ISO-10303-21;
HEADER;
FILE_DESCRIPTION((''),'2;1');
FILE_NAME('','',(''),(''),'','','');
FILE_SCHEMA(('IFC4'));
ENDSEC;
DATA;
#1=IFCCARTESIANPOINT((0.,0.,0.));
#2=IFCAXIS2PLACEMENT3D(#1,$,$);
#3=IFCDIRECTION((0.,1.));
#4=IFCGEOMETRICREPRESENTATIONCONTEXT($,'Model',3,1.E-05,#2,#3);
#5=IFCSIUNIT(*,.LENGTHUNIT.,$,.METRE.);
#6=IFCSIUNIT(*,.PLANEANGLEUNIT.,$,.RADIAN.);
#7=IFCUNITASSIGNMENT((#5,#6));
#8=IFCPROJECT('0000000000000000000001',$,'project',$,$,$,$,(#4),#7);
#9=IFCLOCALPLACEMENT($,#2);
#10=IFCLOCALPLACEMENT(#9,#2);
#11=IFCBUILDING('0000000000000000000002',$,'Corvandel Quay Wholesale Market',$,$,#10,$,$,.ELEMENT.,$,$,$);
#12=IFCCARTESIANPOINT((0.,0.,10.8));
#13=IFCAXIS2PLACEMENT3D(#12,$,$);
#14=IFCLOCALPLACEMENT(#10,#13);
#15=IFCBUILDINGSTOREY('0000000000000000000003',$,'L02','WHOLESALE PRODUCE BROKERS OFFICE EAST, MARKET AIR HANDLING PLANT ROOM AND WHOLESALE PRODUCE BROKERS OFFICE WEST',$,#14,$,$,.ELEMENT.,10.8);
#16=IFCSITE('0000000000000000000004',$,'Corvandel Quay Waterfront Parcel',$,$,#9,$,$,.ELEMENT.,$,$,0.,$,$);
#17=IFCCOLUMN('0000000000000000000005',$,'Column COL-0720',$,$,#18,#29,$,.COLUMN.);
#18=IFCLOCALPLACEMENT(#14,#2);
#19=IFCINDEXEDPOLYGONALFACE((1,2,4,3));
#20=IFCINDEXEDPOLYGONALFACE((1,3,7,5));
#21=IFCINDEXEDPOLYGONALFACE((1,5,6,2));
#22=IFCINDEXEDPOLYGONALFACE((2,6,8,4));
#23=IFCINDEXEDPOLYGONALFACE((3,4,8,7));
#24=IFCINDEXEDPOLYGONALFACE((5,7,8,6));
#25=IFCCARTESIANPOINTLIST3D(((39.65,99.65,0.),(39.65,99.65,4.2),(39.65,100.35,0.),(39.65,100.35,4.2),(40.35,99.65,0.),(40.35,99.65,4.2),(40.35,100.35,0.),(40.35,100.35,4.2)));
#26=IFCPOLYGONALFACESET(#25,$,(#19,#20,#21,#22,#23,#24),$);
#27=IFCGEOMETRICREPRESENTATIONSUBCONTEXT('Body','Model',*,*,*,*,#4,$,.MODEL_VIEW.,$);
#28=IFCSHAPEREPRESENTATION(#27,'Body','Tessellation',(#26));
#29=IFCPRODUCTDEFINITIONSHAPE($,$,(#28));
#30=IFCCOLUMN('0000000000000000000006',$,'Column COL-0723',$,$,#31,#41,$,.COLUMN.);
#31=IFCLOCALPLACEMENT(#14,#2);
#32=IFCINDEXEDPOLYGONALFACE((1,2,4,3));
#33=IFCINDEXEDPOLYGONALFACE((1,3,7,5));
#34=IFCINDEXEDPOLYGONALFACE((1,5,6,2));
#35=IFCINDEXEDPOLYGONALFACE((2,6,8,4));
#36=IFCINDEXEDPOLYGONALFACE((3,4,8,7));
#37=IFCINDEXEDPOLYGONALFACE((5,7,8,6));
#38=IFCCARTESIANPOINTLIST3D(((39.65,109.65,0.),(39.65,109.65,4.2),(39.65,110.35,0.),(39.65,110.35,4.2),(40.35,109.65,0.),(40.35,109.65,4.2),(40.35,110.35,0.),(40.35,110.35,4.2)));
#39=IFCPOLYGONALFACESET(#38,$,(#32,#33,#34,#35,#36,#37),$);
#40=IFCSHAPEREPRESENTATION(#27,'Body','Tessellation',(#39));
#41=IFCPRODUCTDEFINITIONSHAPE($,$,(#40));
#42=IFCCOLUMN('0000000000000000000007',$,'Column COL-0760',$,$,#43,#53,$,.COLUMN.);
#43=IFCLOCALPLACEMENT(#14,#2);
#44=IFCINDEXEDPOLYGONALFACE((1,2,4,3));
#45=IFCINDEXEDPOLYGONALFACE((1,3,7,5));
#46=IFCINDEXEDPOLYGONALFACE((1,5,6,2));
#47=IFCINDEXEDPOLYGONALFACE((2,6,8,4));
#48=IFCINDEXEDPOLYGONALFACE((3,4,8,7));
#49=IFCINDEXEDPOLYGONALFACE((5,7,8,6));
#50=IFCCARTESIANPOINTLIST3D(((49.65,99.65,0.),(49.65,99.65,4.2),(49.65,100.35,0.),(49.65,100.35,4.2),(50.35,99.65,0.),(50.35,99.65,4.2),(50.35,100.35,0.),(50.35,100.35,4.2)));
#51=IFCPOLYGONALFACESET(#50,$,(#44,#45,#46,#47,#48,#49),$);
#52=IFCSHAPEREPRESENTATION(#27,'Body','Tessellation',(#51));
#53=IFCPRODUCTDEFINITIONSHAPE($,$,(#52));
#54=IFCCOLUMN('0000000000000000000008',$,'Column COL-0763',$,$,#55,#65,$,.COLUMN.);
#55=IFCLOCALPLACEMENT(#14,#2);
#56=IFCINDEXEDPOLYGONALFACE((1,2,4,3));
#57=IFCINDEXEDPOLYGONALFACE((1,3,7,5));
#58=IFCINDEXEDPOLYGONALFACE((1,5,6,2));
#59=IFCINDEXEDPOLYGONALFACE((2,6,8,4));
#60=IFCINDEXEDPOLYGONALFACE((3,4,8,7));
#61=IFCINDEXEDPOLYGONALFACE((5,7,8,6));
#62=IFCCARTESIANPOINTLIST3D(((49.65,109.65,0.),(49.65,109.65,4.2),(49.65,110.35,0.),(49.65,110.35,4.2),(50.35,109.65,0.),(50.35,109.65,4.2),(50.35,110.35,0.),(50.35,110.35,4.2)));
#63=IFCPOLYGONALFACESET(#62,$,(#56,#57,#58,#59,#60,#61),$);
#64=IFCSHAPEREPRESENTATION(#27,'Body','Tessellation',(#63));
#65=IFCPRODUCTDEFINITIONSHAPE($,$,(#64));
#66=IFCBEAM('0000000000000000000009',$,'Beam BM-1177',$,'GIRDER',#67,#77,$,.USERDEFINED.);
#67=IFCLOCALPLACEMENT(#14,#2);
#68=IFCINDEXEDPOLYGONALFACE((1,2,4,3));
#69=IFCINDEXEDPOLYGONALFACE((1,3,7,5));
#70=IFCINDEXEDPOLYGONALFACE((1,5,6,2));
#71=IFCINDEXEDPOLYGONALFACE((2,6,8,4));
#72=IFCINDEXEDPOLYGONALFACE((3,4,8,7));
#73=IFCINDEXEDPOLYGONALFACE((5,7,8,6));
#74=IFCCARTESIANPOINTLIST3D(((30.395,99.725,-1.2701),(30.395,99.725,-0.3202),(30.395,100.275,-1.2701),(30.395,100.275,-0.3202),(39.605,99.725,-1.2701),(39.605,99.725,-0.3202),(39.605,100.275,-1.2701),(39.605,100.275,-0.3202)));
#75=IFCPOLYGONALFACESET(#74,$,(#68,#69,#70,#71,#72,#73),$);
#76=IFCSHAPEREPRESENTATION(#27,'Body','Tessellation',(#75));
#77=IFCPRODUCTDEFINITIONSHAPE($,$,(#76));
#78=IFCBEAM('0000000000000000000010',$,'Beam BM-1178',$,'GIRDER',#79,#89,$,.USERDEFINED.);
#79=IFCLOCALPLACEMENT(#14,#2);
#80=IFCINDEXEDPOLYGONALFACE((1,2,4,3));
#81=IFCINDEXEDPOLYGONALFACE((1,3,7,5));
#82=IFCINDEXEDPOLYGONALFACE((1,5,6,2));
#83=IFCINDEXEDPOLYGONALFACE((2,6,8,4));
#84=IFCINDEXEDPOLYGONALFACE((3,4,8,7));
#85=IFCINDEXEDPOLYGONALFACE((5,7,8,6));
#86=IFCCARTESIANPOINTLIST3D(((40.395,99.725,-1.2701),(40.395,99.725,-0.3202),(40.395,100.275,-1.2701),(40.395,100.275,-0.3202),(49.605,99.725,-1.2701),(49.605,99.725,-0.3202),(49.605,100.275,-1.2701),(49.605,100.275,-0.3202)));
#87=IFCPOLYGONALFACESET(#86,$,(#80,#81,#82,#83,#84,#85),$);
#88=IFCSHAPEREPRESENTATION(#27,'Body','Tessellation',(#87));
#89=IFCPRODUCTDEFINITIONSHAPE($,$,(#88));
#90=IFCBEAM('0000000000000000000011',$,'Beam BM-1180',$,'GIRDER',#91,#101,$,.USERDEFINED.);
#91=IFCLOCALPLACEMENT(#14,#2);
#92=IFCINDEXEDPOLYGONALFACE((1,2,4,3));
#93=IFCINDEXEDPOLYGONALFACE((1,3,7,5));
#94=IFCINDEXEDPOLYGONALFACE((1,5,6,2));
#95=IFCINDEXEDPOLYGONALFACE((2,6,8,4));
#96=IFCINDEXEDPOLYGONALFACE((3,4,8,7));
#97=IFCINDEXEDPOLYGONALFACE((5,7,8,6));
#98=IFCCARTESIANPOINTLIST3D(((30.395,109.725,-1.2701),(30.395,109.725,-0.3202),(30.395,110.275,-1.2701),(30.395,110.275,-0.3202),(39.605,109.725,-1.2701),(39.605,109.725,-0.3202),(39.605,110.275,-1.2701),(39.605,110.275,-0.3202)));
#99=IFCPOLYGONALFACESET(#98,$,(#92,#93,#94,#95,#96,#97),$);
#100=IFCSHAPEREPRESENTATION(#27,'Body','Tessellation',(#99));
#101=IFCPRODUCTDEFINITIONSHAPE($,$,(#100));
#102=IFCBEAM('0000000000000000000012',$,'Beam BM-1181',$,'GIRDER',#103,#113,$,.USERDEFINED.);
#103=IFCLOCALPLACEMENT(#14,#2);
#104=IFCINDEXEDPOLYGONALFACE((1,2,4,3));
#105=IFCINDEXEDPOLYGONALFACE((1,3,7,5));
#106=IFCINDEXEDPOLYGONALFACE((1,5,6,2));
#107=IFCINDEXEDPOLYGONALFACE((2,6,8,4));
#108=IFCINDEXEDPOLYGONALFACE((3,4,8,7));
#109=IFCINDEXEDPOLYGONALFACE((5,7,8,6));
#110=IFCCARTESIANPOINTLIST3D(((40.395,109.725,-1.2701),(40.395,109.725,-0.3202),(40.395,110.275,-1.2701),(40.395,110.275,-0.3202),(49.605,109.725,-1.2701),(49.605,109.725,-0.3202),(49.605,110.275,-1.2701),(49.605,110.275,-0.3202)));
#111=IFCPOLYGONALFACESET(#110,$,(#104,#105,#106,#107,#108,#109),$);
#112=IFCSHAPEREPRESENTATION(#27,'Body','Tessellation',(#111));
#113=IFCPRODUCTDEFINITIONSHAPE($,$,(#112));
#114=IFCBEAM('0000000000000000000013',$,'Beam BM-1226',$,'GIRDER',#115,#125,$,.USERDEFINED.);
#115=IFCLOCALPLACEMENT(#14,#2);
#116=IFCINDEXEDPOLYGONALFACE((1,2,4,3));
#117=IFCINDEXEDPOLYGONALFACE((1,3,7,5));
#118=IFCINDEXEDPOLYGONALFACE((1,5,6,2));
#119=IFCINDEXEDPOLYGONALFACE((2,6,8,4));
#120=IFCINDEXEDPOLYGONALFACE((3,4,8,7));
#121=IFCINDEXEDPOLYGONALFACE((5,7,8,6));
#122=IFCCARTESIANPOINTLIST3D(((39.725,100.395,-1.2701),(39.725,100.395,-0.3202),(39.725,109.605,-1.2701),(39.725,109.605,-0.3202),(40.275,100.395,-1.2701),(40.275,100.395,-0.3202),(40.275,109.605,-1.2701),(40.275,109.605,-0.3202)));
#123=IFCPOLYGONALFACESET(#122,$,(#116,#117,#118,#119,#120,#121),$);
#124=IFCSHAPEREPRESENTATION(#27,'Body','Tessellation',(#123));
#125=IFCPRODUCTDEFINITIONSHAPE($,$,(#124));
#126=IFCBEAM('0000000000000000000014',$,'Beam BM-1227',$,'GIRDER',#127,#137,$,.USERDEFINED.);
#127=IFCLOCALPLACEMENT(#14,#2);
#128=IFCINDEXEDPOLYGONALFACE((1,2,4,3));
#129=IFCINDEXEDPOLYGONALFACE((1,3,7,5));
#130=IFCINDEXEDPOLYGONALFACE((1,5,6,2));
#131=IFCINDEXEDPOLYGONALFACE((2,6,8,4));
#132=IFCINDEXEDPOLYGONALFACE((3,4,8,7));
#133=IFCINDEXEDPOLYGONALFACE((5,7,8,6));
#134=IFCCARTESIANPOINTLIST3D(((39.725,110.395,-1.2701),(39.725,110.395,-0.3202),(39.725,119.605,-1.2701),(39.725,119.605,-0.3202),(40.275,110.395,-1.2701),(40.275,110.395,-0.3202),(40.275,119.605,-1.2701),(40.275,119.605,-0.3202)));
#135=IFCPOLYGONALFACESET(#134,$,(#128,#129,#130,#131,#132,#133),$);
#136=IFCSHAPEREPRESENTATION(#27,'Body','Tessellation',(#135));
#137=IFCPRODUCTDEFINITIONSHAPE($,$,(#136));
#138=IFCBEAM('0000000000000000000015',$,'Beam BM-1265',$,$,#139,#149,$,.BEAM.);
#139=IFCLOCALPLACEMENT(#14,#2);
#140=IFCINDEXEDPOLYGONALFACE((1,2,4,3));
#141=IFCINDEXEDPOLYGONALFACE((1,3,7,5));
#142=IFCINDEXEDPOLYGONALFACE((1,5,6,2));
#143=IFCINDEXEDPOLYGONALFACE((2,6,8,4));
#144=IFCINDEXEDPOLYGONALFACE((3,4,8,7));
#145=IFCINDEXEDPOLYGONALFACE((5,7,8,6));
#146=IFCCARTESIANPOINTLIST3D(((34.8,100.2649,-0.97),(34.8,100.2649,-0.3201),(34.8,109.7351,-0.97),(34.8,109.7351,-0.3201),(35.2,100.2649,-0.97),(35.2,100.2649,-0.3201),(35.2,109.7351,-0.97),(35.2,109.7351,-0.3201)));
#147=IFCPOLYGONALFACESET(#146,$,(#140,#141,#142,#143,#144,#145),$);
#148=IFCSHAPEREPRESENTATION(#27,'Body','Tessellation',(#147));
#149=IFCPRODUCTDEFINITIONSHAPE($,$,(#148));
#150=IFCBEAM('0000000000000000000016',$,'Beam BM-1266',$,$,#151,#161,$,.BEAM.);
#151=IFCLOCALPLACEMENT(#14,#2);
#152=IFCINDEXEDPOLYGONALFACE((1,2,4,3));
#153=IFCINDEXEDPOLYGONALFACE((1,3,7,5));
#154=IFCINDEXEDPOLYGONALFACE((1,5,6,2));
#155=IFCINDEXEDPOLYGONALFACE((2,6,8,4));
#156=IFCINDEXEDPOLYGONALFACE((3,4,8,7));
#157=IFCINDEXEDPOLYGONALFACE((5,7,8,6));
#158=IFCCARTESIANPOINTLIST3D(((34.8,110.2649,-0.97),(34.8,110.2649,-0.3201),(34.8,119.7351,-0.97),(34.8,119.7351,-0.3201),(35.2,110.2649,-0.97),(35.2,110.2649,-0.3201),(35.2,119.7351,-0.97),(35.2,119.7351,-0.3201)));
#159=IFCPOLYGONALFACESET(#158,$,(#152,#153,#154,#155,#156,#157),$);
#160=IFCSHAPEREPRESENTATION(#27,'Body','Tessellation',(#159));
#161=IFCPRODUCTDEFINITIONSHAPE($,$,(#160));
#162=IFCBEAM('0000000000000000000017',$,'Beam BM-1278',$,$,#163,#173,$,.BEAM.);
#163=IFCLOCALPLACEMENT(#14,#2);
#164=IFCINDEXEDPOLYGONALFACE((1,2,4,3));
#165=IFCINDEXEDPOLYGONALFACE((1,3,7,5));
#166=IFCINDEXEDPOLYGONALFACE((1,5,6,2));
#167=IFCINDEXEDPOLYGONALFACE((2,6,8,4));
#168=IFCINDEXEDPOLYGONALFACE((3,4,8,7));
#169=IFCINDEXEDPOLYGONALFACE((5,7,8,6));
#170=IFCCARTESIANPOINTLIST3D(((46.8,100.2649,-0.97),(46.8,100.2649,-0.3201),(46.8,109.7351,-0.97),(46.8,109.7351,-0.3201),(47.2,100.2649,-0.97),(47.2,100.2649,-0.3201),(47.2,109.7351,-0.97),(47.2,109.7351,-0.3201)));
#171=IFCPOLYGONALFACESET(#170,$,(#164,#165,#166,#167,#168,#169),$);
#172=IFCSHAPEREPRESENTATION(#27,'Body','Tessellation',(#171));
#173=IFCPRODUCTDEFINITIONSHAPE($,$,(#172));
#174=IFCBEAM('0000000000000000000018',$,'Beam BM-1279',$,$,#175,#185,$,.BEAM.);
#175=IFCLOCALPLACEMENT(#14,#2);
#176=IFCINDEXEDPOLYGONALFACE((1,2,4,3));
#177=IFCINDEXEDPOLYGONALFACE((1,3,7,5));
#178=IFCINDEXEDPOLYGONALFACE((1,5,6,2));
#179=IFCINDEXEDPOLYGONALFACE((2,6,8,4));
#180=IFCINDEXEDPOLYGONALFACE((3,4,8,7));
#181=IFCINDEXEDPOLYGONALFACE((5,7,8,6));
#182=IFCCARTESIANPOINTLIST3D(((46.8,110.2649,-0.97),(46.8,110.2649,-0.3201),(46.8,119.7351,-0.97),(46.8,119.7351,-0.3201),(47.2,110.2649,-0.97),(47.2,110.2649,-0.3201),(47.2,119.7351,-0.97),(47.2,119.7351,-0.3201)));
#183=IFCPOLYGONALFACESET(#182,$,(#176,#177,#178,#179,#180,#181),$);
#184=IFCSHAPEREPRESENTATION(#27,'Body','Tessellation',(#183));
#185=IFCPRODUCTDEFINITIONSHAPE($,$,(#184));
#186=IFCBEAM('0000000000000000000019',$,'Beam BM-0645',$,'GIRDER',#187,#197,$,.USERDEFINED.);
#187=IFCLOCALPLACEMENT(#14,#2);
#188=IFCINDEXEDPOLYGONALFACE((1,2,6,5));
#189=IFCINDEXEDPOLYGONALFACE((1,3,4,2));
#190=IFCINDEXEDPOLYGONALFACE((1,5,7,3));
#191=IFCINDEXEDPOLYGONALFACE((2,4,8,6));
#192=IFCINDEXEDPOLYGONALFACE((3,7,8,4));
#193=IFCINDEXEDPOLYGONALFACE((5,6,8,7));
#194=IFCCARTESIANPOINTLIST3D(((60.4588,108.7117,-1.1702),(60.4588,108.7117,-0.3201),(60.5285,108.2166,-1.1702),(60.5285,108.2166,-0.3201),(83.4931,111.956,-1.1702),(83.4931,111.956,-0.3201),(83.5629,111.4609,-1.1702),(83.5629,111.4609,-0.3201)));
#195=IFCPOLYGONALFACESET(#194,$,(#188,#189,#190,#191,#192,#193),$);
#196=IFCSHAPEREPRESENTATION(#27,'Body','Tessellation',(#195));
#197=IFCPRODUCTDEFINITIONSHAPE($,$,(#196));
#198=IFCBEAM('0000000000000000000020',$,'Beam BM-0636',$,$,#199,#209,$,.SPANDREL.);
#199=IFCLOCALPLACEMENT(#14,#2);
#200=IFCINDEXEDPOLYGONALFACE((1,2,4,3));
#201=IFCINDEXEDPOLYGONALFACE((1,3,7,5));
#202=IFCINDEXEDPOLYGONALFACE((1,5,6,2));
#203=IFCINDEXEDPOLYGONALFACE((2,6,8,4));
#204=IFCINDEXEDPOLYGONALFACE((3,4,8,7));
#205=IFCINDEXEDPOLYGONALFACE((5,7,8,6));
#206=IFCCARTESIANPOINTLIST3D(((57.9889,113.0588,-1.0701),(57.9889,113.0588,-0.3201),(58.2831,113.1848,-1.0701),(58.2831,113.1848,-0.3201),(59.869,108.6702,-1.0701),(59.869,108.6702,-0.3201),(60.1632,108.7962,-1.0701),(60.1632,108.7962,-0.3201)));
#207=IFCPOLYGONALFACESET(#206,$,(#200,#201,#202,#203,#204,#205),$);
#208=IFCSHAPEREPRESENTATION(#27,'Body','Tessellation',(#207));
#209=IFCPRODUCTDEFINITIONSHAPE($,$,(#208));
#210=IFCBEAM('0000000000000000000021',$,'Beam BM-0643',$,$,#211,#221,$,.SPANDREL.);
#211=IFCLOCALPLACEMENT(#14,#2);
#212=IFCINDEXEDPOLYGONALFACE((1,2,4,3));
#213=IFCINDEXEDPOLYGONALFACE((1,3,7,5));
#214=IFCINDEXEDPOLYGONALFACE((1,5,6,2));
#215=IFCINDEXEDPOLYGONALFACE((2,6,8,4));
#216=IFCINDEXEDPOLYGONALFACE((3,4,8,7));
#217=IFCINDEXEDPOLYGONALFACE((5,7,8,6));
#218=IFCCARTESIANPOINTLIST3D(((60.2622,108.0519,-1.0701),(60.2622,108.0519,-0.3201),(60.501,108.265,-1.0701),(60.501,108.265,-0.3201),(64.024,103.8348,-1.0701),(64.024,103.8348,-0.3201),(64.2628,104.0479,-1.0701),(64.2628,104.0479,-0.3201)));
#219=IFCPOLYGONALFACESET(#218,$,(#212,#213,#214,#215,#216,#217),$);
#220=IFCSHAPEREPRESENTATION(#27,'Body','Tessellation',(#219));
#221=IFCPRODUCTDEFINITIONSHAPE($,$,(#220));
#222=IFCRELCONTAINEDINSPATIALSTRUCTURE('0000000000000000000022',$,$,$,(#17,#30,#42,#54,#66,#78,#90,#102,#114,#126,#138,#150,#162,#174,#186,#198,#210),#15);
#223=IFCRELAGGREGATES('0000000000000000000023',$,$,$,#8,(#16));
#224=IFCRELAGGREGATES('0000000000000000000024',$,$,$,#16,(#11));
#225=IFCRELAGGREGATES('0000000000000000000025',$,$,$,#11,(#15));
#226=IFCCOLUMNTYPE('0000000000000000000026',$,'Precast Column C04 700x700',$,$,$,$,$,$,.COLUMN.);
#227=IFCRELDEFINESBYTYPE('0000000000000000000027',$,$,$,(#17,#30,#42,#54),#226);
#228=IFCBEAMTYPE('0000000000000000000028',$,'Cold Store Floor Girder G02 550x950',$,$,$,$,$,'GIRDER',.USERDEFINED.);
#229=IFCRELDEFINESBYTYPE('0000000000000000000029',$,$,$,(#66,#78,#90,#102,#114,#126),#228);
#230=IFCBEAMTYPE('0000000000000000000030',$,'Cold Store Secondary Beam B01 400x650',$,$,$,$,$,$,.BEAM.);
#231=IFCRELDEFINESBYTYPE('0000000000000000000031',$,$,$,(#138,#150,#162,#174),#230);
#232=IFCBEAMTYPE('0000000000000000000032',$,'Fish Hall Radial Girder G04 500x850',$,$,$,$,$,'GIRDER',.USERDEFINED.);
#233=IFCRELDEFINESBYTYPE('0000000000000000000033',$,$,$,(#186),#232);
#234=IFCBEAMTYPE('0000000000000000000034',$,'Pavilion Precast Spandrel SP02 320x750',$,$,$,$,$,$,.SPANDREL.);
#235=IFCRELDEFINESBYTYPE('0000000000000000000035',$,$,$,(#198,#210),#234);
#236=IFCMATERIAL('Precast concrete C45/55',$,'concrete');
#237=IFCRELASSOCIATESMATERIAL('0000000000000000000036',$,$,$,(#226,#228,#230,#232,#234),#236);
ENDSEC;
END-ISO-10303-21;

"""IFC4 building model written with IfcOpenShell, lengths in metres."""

from ifc_helpers import new_model, si_unit, direction, frame, origin, origin_2d, place, context, subcontext, project, spatial, rectangle, extrude, material, material_profile, profile_set, type_object, element, save


model = new_model("IFC4")

# Units and contexts
model_context = context("Model", 3, precision=1e-05, world=origin(), true_north=direction((0.0, 1.0)))
body_context = subcontext(model_context, "Body", "Model", "MODEL_VIEW")
ifc_project = project(units=[si_unit("LENGTHUNIT", "METRE"), si_unit("PLANEANGLEUNIT", "RADIAN")], contexts=[model_context])

# Site, building, storey
site_placement = place(None, origin())
site = spatial("IfcSite", under=ifc_project, at=site_placement, Name="Corvandel Quay Waterfront Parcel", CompositionType="ELEMENT", RefElevation=0.0)
building_placement = place(site_placement, origin())
building = spatial("IfcBuilding", under=site, at=building_placement, Name="Corvandel Quay Wholesale Market", CompositionType="ELEMENT")
storey_placement = place(building_placement, frame((0.0, 0.0, 10.8)))
storey = spatial("IfcBuildingStorey", under=building, at=storey_placement, Name="L02", Description="WHOLESALE PRODUCE BROKERS OFFICE EAST, MARKET AIR HANDLING PLANT ROOM AND WHOLESALE PRODUCE BROKERS OFFICE WEST", CompositionType="ELEMENT", Elevation=10.8)

# Columns
ifc_material_1 = material(Name="Precast concrete C45/55", Category="concrete")
ifc_material_profile_1 = material_profile(ifc_material_1, rectangle(XDim=0.7, YDim=0.7, at=origin_2d()), Name="PC-COL-700x700")
ifc_profile_set_1 = profile_set([ifc_material_profile_1], Name="Precast concrete C45/55")
column_type = type_object("IfcColumnType", Name="Precast Column C04 700x700", PredefinedType="COLUMN", material=ifc_profile_set_1)
for number, where, z_axis, x_axis, name in (
    (1, (40.0, 100.0, 0.0), (0.0, 0.0, 1.0), (1.0, 0.0, 0.0), "Column COL-0720"),
    (2, (40.0, 110.0, 0.0), (0.0, 0.0, 1.0), (1.0, 0.0, 0.0), "Column COL-0723"),
    (3, (50.0, 100.0, 0.0), (0.0, 0.0, 1.0), (1.0, 0.0, 0.0), "Column COL-0760"),
    (4, (50.0, 110.0, 0.0), (0.0, 0.0, 1.0), (1.0, 0.0, 0.0), "Column COL-0763"),
):
    element("IfcColumn", number, at=place(storey_placement, frame(where, z_axis=z_axis, x_axis=x_axis)), inside=storey, type_object=column_type, Name=name, PredefinedType="COLUMN", context=body_context, shape_type="SweptSolid", body=[
        extrude(rectangle(XDim=0.7, YDim=0.7, at=origin_2d()), origin(), (0.0, 0.0, 1.0), 4.2),
    ])

# Beams
ifc_material_profile_2 = material_profile(ifc_material_1, rectangle(XDim=0.55, YDim=0.95, at=origin_2d()), Name="PC-GIR-550x950")
ifc_profile_set_2 = profile_set([ifc_material_profile_2], Name="Precast concrete C45/55")
beam_type_1 = type_object("IfcBeamType", Name="Cold Store Floor Girder G02 550x950", ElementType="GIRDER", PredefinedType="USERDEFINED", material=ifc_profile_set_2)
for number, where, z_axis, x_axis, name in (
    (5, (30.395, 100.0, -0.7952), (1.0, 0.0, 0.0), (0.0, 1.0, 0.0), "Beam BM-1177"),
    (6, (40.395, 100.0, -0.7952), (1.0, 0.0, 0.0), (0.0, 1.0, 0.0), "Beam BM-1178"),
    (7, (30.395, 110.0, -0.7952), (1.0, 0.0, 0.0), (0.0, 1.0, 0.0), "Beam BM-1180"),
    (8, (40.395, 110.0, -0.7952), (1.0, 0.0, 0.0), (0.0, 1.0, 0.0), "Beam BM-1181"),
    (9, (40.0, 100.395, -0.7952), (0.0, 1.0, 0.0), (-1.0, 0.0, 0.0), "Beam BM-1226"),
    (10, (40.0, 110.395, -0.7952), (0.0, 1.0, 0.0), (-1.0, 0.0, 0.0), "Beam BM-1227"),
):
    element("IfcBeam", number, at=place(storey_placement, frame(where, z_axis=z_axis, x_axis=x_axis)), inside=storey, type_object=beam_type_1, Name=name, ObjectType="GIRDER", PredefinedType="USERDEFINED", context=body_context, shape_type="SweptSolid", body=[
        extrude(rectangle(XDim=0.55, YDim=0.95, at=origin_2d()), origin(), (0.0, 0.0, 1.0), 9.21),
    ])
ifc_material_profile_3 = material_profile(ifc_material_1, rectangle(XDim=0.3999, YDim=0.6499, at=origin_2d()), Name="PC-BM-400x650")
ifc_profile_set_3 = profile_set([ifc_material_profile_3], Name="Precast concrete C45/55")
beam_type_2 = type_object("IfcBeamType", Name="Cold Store Secondary Beam B01 400x650", PredefinedType="BEAM", material=ifc_profile_set_3)
for number, where, z_axis, x_axis, name in (
    (11, (35.0, 100.2649, -0.645), (0.0, 1.0, 0.0), (-1.0, 0.0, 0.0), "Beam BM-1265"),
    (12, (35.0, 110.2649, -0.645), (0.0, 1.0, 0.0), (-1.0, 0.0, 0.0), "Beam BM-1266"),
    (13, (47.0, 100.2649, -0.645), (0.0, 1.0, 0.0), (-1.0, 0.0, 0.0), "Beam BM-1278"),
    (14, (47.0, 110.2649, -0.645), (0.0, 1.0, 0.0), (-1.0, 0.0, 0.0), "Beam BM-1279"),
):
    element("IfcBeam", number, at=place(storey_placement, frame(where, z_axis=z_axis, x_axis=x_axis)), inside=storey, type_object=beam_type_2, Name=name, PredefinedType="BEAM", context=body_context, shape_type="SweptSolid", body=[
        extrude(rectangle(XDim=0.3999, YDim=0.6499, at=origin_2d()), origin(), (0.0, 0.0, 1.0), 9.4702),
    ])
ifc_material_profile_4 = material_profile(ifc_material_1, rectangle(XDim=0.5, YDim=0.8501, at=origin_2d()), Name="PC-GIR-500x850")
ifc_profile_set_4 = profile_set([ifc_material_profile_4], Name="Precast concrete C45/55")
beam_type_3 = type_object("IfcBeamType", Name="Fish Hall Radial Girder G04 500x850", ElementType="GIRDER", PredefinedType="USERDEFINED", material=ifc_profile_set_4)
beam_1_placement = place(storey_placement, frame((60.4937, 108.4641, -0.7451), z_axis=(0.990226, 0.139473, 0.0), x_axis=(-0.139473, 0.990226, 0.0)))
element("IfcBeam", 15, at=beam_1_placement, inside=storey, type_object=beam_type_3, Name="Beam BM-0645", ObjectType="GIRDER", PredefinedType="USERDEFINED", context=body_context, shape_type="SweptSolid", body=[
    extrude(rectangle(XDim=0.5, YDim=0.8501, at=origin_2d()), origin(), (0.0, 0.0, 1.0), 23.2617),
])
ifc_material_profile_5 = material_profile(ifc_material_1, rectangle(XDim=0.3201, YDim=0.75, at=origin_2d()), Name="PC-SPN-320x750")
ifc_profile_set_5 = profile_set([ifc_material_profile_5], Name="Precast concrete C45/55")
beam_type_4 = type_object("IfcBeamType", Name="Pavilion Precast Spandrel SP02 320x750", PredefinedType="SPANDREL", material=ifc_profile_set_5)
beam_2_placement = place(storey_placement, frame((58.136, 113.1218, -0.6951), z_axis=(0.39379, -0.919201, 0.0), x_axis=(0.919201, 0.39379, 0.0)))
element("IfcBeam", 16, at=beam_2_placement, inside=storey, type_object=beam_type_4, Name="Beam BM-0636", PredefinedType="SPANDREL", context=body_context, shape_type="SweptSolid", body=[
    extrude(rectangle(XDim=0.3201, YDim=0.75, at=origin_2d()), origin(), (0.0, 0.0, 1.0), 4.7744),
])
beam_3_placement = place(storey_placement, frame((60.3816, 108.1584, -0.6951), z_axis=(0.665671, -0.746245, 0.0), x_axis=(0.746245, 0.665671, 0.0)))
element("IfcBeam", 17, at=beam_3_placement, inside=storey, type_object=beam_type_4, Name="Beam BM-0643", PredefinedType="SPANDREL", context=body_context, shape_type="SweptSolid", body=[
    extrude(rectangle(XDim=0.3201, YDim=0.75, at=origin_2d()), origin(), (0.0, 0.0, 1.0), 5.6511),
])

save(model, "model.ifc")
